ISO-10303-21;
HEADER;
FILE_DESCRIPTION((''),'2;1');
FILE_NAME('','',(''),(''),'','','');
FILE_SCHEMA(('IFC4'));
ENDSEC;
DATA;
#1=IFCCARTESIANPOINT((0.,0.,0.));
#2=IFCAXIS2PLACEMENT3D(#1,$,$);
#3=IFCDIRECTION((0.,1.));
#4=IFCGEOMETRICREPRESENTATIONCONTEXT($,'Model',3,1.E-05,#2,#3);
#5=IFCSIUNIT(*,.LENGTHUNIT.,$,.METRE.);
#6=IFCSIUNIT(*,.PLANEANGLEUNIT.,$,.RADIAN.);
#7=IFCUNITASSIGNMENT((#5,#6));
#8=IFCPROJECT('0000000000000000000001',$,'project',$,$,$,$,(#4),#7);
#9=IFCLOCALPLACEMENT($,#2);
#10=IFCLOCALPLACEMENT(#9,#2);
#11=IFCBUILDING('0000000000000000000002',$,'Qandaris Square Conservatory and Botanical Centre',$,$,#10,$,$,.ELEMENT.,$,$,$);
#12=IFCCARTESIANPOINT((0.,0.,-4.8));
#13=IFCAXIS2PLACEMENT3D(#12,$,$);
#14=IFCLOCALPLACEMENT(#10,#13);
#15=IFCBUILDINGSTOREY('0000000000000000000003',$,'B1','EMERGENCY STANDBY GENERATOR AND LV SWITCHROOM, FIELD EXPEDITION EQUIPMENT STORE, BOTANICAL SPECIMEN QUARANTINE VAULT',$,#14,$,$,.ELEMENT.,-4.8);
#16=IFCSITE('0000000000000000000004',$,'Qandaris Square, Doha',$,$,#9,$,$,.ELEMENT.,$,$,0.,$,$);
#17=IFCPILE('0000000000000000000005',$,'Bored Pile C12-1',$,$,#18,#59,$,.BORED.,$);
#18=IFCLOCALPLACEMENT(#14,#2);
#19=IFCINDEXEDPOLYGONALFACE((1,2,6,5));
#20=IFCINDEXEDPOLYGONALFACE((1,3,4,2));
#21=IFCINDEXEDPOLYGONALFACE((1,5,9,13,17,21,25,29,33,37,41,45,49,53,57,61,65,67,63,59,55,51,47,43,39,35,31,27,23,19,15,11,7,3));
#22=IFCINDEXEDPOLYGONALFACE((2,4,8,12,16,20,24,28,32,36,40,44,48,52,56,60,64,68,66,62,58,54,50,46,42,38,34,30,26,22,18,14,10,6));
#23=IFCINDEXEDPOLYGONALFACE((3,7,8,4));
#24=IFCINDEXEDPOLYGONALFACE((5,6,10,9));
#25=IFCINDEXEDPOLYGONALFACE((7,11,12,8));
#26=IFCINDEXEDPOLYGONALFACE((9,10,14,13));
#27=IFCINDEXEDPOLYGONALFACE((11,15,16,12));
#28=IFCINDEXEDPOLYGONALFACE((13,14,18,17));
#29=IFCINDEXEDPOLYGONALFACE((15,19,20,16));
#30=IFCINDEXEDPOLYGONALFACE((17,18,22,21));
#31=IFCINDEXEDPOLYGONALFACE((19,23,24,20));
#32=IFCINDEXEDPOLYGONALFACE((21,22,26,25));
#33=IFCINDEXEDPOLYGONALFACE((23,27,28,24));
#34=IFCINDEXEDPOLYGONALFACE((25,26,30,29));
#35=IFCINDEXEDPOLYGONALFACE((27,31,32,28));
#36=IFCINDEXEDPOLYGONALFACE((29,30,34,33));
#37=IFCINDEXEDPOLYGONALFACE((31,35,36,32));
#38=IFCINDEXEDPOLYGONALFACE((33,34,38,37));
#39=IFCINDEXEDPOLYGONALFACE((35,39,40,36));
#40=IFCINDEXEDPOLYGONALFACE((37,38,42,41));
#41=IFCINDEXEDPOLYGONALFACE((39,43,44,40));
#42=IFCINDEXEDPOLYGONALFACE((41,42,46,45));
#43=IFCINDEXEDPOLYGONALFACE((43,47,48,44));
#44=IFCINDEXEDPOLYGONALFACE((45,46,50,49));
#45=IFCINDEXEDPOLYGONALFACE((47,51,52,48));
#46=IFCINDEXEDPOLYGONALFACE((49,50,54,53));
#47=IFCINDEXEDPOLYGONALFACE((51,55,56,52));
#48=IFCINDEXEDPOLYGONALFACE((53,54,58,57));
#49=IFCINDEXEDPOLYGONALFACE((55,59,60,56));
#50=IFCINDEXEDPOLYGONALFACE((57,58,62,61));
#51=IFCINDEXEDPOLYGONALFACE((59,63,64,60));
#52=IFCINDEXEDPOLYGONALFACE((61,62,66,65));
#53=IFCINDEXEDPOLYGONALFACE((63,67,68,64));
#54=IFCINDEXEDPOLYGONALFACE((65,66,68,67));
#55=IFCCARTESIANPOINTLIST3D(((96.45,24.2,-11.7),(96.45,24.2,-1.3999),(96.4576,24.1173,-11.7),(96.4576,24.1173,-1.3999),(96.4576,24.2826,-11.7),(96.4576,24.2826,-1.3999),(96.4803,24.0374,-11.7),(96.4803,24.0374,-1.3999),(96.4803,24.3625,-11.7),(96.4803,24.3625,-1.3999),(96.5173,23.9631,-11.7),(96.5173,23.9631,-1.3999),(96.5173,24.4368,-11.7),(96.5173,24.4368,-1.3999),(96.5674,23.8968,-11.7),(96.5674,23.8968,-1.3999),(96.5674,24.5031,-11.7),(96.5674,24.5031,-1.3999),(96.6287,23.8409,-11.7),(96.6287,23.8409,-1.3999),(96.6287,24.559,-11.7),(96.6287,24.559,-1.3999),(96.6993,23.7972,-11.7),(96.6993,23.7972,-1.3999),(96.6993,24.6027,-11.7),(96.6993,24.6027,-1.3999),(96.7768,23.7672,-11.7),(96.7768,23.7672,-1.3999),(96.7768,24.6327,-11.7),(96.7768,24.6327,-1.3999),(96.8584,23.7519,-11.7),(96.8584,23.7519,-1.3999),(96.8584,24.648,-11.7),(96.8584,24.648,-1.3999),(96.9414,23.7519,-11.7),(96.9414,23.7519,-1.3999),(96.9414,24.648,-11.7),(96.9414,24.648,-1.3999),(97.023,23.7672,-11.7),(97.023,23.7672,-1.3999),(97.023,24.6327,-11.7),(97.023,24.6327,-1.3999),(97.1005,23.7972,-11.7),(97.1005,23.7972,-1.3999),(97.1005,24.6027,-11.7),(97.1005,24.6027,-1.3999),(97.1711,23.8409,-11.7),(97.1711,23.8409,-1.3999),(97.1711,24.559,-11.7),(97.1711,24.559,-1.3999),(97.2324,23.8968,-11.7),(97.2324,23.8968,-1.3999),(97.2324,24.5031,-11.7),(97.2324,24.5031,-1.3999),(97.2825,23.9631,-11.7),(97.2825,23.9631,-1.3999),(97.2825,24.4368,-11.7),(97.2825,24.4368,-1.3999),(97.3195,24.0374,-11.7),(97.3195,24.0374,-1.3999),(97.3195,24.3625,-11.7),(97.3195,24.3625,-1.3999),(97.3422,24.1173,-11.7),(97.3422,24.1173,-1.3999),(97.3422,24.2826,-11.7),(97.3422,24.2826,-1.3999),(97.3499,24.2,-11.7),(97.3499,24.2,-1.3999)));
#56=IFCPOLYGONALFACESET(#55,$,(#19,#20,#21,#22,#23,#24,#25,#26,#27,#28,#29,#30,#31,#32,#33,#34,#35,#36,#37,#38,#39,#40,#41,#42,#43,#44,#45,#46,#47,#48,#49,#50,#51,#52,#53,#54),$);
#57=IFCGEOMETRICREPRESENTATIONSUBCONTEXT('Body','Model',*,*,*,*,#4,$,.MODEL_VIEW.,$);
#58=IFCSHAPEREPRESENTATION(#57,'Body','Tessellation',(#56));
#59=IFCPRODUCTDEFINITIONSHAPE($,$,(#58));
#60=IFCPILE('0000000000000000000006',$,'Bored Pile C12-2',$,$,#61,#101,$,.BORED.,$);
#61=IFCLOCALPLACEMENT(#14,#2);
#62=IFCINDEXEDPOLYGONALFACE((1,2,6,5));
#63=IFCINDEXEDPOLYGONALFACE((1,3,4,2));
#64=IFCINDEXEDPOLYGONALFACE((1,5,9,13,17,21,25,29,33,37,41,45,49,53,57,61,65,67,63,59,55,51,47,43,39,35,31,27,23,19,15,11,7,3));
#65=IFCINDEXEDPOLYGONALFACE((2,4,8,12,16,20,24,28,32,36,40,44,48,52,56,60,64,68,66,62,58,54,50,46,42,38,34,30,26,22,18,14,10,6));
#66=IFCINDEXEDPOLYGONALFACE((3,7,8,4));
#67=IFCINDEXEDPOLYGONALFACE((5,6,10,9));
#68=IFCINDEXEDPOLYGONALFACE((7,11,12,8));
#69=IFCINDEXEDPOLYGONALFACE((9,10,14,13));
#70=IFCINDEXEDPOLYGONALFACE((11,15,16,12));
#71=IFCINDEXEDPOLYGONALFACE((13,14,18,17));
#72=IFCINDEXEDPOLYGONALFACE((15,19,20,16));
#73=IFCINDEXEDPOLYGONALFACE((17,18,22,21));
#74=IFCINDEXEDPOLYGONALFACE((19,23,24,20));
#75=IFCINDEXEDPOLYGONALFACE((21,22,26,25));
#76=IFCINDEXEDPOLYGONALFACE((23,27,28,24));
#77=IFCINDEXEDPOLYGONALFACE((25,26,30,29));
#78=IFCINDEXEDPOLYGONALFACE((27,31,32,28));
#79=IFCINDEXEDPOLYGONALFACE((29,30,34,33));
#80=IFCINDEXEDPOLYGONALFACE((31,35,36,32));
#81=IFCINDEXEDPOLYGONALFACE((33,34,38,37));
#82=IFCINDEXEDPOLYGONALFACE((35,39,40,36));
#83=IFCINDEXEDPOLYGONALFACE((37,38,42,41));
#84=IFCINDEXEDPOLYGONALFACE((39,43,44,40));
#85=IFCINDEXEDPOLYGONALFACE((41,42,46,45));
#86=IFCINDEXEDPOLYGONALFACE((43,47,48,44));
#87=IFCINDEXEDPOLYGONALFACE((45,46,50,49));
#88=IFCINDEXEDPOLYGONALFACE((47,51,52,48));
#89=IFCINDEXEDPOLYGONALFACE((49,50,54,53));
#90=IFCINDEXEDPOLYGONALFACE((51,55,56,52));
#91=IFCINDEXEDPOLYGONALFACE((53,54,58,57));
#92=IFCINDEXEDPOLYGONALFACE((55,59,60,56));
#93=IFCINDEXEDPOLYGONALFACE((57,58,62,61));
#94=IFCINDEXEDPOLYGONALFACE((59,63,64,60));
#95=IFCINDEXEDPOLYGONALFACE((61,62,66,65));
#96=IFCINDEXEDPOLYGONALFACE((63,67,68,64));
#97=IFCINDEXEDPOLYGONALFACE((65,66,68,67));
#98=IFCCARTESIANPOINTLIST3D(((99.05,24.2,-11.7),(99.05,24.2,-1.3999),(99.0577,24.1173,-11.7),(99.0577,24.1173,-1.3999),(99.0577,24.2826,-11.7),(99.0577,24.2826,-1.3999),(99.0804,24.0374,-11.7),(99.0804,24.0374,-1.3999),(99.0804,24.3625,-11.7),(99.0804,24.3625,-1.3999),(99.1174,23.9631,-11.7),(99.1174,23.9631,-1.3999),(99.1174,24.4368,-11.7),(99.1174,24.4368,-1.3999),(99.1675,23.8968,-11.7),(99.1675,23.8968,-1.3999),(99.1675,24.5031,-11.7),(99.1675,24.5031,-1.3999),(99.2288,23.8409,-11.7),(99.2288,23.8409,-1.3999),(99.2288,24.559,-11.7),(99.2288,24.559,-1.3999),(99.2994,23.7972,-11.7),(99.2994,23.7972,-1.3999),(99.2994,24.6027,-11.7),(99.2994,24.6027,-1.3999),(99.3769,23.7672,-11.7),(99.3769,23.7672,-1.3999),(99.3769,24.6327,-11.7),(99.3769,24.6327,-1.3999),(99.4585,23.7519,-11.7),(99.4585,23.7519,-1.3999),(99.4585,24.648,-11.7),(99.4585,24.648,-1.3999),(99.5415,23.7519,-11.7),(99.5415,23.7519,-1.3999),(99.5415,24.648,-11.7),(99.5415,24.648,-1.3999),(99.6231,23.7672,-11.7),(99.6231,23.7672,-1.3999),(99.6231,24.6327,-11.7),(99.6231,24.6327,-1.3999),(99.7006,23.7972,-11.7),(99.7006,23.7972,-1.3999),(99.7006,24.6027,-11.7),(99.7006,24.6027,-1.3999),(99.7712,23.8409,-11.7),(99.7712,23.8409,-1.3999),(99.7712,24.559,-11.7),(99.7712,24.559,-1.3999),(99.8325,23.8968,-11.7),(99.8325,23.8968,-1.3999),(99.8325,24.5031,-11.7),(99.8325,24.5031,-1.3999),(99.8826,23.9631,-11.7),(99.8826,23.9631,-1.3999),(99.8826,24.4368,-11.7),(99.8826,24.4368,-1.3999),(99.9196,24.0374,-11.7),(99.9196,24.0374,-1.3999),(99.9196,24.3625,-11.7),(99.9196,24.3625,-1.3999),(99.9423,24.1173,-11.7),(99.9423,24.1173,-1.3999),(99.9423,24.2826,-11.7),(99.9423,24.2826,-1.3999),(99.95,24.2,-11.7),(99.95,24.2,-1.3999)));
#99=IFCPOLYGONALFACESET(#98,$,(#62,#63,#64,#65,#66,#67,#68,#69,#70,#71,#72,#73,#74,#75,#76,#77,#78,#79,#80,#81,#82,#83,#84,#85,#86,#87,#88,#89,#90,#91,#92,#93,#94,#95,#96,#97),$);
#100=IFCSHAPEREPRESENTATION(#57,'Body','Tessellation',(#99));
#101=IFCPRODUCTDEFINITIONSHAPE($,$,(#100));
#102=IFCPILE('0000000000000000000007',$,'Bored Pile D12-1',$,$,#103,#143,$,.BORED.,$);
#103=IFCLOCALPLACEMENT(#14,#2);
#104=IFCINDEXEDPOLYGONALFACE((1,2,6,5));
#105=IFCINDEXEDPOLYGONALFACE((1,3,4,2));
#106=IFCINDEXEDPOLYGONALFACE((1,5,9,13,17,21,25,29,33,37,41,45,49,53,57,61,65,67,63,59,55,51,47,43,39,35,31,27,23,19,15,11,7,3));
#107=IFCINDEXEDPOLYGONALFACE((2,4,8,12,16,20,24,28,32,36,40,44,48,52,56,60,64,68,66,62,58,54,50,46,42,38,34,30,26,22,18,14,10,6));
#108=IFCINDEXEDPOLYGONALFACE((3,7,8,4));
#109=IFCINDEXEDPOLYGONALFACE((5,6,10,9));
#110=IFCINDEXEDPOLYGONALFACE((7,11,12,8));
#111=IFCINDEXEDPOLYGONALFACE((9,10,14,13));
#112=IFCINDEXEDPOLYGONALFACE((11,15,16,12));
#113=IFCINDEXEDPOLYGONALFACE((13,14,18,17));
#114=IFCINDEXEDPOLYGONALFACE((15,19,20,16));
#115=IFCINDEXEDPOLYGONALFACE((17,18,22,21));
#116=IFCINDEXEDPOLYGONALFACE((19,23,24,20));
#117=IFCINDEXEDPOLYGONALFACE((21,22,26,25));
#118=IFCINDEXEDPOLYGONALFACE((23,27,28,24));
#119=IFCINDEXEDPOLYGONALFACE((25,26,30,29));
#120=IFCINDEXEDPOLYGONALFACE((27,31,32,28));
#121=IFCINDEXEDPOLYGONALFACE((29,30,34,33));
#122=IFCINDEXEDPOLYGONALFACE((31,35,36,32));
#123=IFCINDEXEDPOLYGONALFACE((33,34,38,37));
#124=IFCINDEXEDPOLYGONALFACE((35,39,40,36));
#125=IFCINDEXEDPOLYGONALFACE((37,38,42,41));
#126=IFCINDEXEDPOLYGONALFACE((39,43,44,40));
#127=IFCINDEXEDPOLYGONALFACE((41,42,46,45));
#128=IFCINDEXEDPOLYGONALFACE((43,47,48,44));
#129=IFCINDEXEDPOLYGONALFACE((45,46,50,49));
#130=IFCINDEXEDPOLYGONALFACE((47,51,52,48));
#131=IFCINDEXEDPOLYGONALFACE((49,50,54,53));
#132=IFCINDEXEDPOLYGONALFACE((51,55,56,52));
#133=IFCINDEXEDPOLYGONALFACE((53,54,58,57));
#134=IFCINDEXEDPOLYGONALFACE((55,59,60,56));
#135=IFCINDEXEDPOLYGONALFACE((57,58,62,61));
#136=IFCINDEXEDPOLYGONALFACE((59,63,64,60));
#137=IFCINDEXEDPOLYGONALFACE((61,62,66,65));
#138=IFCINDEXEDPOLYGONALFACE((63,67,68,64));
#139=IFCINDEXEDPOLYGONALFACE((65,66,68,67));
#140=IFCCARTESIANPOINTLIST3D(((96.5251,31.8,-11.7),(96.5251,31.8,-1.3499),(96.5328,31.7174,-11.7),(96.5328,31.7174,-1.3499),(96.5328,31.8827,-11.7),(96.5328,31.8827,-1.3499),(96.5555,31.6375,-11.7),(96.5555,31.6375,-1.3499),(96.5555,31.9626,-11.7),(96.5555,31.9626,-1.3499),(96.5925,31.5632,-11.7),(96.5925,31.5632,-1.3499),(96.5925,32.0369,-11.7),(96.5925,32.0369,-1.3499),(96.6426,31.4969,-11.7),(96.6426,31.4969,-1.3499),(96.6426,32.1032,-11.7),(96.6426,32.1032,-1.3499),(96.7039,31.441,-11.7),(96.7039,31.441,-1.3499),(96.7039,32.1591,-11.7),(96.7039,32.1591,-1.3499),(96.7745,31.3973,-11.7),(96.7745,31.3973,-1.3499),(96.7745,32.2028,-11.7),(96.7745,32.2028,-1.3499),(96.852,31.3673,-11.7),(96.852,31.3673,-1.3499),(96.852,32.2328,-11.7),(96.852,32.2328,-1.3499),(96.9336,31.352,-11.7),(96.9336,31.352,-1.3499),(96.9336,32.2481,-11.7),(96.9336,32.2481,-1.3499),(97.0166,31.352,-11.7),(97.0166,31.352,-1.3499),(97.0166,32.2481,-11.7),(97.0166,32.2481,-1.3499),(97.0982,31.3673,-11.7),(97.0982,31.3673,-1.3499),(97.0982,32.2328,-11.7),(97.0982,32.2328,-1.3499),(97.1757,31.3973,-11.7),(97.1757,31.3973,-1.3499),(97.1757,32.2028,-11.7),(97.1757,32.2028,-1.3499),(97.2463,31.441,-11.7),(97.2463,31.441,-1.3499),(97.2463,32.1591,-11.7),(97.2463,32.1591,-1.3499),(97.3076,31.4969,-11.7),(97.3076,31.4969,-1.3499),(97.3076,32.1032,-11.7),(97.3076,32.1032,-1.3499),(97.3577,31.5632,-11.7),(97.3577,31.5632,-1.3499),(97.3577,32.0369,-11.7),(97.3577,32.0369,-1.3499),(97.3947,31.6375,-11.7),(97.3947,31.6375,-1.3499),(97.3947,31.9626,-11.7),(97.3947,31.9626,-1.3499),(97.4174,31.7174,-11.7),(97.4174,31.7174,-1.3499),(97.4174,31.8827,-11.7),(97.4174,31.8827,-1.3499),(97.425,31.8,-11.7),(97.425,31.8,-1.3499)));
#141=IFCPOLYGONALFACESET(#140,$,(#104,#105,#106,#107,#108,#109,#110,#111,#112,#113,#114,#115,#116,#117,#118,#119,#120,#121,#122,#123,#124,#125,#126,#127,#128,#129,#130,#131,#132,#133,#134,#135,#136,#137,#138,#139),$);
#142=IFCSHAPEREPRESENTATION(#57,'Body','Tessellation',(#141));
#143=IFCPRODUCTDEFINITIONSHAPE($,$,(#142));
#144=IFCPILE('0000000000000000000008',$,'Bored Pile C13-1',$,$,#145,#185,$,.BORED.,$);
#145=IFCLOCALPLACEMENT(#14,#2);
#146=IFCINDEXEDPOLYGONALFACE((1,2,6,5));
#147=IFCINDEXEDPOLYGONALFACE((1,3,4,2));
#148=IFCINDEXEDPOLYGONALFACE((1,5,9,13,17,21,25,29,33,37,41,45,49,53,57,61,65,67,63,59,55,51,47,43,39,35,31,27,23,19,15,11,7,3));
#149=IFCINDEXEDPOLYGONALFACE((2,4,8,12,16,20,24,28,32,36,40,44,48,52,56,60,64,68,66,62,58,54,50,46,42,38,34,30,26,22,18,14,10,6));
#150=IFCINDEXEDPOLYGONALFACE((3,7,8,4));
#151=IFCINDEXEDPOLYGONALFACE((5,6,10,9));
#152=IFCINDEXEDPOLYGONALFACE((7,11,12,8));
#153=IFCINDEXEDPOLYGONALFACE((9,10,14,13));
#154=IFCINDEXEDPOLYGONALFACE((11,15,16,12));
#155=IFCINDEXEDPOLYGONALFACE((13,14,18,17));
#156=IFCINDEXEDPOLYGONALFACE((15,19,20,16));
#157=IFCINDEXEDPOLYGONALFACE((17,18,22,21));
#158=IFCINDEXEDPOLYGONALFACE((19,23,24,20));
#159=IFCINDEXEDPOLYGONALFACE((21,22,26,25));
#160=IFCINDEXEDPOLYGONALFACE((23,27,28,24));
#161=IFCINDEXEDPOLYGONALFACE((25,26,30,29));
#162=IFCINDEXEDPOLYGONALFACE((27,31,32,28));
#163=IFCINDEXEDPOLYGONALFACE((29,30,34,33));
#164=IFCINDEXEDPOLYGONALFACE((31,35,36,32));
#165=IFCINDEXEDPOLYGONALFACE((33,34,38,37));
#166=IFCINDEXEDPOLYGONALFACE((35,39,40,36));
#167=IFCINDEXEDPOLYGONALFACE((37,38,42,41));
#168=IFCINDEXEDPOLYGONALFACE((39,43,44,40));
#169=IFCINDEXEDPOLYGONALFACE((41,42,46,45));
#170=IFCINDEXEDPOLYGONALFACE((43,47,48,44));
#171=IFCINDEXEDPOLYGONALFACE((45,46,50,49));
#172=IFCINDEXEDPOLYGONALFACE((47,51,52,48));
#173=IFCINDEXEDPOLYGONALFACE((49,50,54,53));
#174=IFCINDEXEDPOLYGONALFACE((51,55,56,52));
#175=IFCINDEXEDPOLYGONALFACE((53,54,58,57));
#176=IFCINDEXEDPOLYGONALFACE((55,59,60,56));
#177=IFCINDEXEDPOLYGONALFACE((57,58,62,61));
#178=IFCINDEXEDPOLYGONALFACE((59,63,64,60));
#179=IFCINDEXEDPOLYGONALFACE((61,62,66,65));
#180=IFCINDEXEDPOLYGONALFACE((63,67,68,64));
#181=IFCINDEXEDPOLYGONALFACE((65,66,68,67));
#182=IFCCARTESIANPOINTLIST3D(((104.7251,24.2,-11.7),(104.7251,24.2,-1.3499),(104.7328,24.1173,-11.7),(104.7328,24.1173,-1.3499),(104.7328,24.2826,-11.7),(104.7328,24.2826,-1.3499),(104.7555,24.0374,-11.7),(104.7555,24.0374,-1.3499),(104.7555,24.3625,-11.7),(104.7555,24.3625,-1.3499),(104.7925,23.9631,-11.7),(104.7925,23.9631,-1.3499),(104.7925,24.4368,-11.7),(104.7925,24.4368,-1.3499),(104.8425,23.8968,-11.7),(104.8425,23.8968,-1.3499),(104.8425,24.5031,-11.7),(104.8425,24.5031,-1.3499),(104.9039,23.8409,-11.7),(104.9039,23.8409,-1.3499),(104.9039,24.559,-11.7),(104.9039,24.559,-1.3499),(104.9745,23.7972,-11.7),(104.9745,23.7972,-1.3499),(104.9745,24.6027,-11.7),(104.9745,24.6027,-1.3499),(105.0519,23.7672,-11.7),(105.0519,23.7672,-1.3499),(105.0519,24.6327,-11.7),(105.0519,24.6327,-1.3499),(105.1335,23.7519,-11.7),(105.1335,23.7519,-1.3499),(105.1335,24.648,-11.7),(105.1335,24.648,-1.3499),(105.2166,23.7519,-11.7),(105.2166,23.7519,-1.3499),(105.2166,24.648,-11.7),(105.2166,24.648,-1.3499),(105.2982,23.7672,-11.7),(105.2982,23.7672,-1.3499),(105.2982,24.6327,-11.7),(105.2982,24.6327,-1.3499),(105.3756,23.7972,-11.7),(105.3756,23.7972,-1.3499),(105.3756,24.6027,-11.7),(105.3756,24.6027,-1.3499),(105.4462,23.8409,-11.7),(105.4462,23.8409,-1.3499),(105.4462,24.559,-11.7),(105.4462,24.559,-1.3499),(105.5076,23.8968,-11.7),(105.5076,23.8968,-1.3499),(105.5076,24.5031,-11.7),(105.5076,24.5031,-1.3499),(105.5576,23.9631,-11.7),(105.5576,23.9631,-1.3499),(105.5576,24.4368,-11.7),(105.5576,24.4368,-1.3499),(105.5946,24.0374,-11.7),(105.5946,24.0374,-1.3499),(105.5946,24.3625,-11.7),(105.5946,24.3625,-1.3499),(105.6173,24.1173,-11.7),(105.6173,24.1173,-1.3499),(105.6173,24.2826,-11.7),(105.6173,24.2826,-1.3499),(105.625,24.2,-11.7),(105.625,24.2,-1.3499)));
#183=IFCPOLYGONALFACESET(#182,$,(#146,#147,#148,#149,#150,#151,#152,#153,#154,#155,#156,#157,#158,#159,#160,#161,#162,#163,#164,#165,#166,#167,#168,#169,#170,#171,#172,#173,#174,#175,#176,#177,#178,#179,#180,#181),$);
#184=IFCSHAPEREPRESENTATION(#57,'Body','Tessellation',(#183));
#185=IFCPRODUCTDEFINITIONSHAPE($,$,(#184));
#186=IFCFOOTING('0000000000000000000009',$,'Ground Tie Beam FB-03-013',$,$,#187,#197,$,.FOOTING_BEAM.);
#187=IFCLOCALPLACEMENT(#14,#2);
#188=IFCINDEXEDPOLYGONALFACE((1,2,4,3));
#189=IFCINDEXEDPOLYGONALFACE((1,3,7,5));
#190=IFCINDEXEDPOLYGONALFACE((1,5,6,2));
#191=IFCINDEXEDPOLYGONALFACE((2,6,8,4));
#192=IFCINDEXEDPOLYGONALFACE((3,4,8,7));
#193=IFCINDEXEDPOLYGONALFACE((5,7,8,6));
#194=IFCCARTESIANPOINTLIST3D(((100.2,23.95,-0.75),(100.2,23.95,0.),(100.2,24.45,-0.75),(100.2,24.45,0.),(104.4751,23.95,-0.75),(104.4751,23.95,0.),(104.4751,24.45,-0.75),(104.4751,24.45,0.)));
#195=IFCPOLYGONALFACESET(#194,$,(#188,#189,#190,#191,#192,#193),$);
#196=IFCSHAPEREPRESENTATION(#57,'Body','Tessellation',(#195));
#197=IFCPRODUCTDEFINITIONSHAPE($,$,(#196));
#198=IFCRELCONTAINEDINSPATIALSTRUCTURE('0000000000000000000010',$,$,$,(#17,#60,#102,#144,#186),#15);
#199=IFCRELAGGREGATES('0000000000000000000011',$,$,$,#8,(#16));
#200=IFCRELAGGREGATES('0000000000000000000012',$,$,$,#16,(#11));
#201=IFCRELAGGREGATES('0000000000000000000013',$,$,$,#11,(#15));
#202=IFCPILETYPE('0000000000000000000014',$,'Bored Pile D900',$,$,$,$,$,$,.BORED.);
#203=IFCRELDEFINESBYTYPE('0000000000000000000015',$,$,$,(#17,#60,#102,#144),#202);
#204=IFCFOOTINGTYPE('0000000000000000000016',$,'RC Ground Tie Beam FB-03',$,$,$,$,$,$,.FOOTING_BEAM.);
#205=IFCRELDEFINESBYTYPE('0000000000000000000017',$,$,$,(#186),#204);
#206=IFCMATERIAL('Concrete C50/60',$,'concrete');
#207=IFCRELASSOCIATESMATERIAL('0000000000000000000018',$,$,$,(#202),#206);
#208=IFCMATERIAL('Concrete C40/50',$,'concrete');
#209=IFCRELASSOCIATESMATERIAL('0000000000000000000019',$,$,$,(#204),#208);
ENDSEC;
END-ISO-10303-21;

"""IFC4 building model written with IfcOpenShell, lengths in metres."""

from ifc_helpers import new_model, si_unit, direction, frame, origin, origin_2d, place, context, subcontext, project, spatial, rectangle, circle, extrude, material, material_profile, profile_set, type_object, element, save


model = new_model("IFC4")

# Units and contexts
model_context = context("Model", 3, precision=1e-05, world=origin(), true_north=direction((0.0, 1.0)))
body_context = subcontext(model_context, "Body", "Model", "MODEL_VIEW")
ifc_project = project(units=[si_unit("LENGTHUNIT", "METRE"), si_unit("PLANEANGLEUNIT", "RADIAN")], contexts=[model_context])

# Site, building, storey
site_placement = place(None, origin())
site = spatial("IfcSite", under=ifc_project, at=site_placement, Name="Qandaris Square, Doha", CompositionType="ELEMENT", RefElevation=0.0)
building_placement = place(site_placement, origin())
building = spatial("IfcBuilding", under=site, at=building_placement, Name="Qandaris Square Conservatory and Botanical Centre", CompositionType="ELEMENT")
storey_placement = place(building_placement, frame((0.0, 0.0, -4.8)))
storey = spatial("IfcBuildingStorey", under=building, at=storey_placement, Name="B1", Description="EMERGENCY STANDBY GENERATOR AND LV SWITCHROOM, FIELD EXPEDITION EQUIPMENT STORE, BOTANICAL SPECIMEN QUARANTINE VAULT", CompositionType="ELEMENT", Elevation=-4.8)

# Piles
ifc_material_1 = material(Name="Concrete C50/60", Category="concrete")
ifc_material_profile_1 = material_profile(ifc_material_1, circle(Radius=0.45, at=origin_2d()), Name="PILE D900")
ifc_profile_set_1 = profile_set([ifc_material_profile_1], Name="Concrete C50/60")
pile_type = type_object("IfcPileType", Name="Bored Pile D900", PredefinedType="BORED", material=ifc_profile_set_1)
for number, where, z_axis, x_axis, name in (
    (1, (96.8999, 24.2, -1.3999), (0.0, 0.0, -1.0), (1.0, 0.0, 0.0), "Bored Pile C12-1"),
    (2, (99.5, 24.2, -1.3999), (0.0, 0.0, -1.0), (1.0, 0.0, 0.0), "Bored Pile C12-2"),
):
    element("IfcPile", number, at=place(storey_placement, frame(where, z_axis=z_axis, x_axis=x_axis)), inside=storey, type_object=pile_type, Name=name, PredefinedType="BORED", context=body_context, shape_type="SweptSolid", body=[
        extrude(circle(Radius=0.45, at=origin_2d()), origin(), (0.0, 0.0, 1.0), 10.3),
    ])
for number, where, z_axis, x_axis, name in (
    (3, (96.9751, 31.8, -1.3499), (0.0, 0.0, -1.0), (1.0, 0.0, 0.0), "Bored Pile D12-1"),
    (4, (105.175, 24.2, -1.3499), (0.0, 0.0, -1.0), (1.0, 0.0, 0.0), "Bored Pile C13-1"),
):
    element("IfcPile", number, at=place(storey_placement, frame(where, z_axis=z_axis, x_axis=x_axis)), inside=storey, type_object=pile_type, Name=name, PredefinedType="BORED", context=body_context, shape_type="SweptSolid", body=[
        extrude(circle(Radius=0.45, at=origin_2d()), origin(), (0.0, 0.0, 1.0), 10.3501),
    ])

# Footing
ifc_material_2 = material(Name="Concrete C40/50", Category="concrete")
ifc_material_profile_2 = material_profile(ifc_material_2, rectangle(XDim=0.5, YDim=0.75, at=origin_2d()), Name="FB 500x750")
ifc_profile_set_2 = profile_set([ifc_material_profile_2], Name="Concrete C40/50")
footing_type_1 = type_object("IfcFootingType", Name="RC Ground Tie Beam FB-03", PredefinedType="FOOTING_BEAM", material=ifc_profile_set_2)
footing_1_placement = place(storey_placement, frame((100.2, 24.2, -0.375), z_axis=(1.0, 0.0, 0.0), x_axis=(0.0, 1.0, 0.0)))
element("IfcFooting", 5, at=footing_1_placement, inside=storey, type_object=footing_type_1, Name="Ground Tie Beam FB-03-013", PredefinedType="FOOTING_BEAM", context=body_context, shape_type="SweptSolid", body=[
    extrude(rectangle(XDim=0.5, YDim=0.75, at=origin_2d()), origin(), (0.0, 0.0, 1.0), 4.2751),
])

save(model, "model.ifc")
